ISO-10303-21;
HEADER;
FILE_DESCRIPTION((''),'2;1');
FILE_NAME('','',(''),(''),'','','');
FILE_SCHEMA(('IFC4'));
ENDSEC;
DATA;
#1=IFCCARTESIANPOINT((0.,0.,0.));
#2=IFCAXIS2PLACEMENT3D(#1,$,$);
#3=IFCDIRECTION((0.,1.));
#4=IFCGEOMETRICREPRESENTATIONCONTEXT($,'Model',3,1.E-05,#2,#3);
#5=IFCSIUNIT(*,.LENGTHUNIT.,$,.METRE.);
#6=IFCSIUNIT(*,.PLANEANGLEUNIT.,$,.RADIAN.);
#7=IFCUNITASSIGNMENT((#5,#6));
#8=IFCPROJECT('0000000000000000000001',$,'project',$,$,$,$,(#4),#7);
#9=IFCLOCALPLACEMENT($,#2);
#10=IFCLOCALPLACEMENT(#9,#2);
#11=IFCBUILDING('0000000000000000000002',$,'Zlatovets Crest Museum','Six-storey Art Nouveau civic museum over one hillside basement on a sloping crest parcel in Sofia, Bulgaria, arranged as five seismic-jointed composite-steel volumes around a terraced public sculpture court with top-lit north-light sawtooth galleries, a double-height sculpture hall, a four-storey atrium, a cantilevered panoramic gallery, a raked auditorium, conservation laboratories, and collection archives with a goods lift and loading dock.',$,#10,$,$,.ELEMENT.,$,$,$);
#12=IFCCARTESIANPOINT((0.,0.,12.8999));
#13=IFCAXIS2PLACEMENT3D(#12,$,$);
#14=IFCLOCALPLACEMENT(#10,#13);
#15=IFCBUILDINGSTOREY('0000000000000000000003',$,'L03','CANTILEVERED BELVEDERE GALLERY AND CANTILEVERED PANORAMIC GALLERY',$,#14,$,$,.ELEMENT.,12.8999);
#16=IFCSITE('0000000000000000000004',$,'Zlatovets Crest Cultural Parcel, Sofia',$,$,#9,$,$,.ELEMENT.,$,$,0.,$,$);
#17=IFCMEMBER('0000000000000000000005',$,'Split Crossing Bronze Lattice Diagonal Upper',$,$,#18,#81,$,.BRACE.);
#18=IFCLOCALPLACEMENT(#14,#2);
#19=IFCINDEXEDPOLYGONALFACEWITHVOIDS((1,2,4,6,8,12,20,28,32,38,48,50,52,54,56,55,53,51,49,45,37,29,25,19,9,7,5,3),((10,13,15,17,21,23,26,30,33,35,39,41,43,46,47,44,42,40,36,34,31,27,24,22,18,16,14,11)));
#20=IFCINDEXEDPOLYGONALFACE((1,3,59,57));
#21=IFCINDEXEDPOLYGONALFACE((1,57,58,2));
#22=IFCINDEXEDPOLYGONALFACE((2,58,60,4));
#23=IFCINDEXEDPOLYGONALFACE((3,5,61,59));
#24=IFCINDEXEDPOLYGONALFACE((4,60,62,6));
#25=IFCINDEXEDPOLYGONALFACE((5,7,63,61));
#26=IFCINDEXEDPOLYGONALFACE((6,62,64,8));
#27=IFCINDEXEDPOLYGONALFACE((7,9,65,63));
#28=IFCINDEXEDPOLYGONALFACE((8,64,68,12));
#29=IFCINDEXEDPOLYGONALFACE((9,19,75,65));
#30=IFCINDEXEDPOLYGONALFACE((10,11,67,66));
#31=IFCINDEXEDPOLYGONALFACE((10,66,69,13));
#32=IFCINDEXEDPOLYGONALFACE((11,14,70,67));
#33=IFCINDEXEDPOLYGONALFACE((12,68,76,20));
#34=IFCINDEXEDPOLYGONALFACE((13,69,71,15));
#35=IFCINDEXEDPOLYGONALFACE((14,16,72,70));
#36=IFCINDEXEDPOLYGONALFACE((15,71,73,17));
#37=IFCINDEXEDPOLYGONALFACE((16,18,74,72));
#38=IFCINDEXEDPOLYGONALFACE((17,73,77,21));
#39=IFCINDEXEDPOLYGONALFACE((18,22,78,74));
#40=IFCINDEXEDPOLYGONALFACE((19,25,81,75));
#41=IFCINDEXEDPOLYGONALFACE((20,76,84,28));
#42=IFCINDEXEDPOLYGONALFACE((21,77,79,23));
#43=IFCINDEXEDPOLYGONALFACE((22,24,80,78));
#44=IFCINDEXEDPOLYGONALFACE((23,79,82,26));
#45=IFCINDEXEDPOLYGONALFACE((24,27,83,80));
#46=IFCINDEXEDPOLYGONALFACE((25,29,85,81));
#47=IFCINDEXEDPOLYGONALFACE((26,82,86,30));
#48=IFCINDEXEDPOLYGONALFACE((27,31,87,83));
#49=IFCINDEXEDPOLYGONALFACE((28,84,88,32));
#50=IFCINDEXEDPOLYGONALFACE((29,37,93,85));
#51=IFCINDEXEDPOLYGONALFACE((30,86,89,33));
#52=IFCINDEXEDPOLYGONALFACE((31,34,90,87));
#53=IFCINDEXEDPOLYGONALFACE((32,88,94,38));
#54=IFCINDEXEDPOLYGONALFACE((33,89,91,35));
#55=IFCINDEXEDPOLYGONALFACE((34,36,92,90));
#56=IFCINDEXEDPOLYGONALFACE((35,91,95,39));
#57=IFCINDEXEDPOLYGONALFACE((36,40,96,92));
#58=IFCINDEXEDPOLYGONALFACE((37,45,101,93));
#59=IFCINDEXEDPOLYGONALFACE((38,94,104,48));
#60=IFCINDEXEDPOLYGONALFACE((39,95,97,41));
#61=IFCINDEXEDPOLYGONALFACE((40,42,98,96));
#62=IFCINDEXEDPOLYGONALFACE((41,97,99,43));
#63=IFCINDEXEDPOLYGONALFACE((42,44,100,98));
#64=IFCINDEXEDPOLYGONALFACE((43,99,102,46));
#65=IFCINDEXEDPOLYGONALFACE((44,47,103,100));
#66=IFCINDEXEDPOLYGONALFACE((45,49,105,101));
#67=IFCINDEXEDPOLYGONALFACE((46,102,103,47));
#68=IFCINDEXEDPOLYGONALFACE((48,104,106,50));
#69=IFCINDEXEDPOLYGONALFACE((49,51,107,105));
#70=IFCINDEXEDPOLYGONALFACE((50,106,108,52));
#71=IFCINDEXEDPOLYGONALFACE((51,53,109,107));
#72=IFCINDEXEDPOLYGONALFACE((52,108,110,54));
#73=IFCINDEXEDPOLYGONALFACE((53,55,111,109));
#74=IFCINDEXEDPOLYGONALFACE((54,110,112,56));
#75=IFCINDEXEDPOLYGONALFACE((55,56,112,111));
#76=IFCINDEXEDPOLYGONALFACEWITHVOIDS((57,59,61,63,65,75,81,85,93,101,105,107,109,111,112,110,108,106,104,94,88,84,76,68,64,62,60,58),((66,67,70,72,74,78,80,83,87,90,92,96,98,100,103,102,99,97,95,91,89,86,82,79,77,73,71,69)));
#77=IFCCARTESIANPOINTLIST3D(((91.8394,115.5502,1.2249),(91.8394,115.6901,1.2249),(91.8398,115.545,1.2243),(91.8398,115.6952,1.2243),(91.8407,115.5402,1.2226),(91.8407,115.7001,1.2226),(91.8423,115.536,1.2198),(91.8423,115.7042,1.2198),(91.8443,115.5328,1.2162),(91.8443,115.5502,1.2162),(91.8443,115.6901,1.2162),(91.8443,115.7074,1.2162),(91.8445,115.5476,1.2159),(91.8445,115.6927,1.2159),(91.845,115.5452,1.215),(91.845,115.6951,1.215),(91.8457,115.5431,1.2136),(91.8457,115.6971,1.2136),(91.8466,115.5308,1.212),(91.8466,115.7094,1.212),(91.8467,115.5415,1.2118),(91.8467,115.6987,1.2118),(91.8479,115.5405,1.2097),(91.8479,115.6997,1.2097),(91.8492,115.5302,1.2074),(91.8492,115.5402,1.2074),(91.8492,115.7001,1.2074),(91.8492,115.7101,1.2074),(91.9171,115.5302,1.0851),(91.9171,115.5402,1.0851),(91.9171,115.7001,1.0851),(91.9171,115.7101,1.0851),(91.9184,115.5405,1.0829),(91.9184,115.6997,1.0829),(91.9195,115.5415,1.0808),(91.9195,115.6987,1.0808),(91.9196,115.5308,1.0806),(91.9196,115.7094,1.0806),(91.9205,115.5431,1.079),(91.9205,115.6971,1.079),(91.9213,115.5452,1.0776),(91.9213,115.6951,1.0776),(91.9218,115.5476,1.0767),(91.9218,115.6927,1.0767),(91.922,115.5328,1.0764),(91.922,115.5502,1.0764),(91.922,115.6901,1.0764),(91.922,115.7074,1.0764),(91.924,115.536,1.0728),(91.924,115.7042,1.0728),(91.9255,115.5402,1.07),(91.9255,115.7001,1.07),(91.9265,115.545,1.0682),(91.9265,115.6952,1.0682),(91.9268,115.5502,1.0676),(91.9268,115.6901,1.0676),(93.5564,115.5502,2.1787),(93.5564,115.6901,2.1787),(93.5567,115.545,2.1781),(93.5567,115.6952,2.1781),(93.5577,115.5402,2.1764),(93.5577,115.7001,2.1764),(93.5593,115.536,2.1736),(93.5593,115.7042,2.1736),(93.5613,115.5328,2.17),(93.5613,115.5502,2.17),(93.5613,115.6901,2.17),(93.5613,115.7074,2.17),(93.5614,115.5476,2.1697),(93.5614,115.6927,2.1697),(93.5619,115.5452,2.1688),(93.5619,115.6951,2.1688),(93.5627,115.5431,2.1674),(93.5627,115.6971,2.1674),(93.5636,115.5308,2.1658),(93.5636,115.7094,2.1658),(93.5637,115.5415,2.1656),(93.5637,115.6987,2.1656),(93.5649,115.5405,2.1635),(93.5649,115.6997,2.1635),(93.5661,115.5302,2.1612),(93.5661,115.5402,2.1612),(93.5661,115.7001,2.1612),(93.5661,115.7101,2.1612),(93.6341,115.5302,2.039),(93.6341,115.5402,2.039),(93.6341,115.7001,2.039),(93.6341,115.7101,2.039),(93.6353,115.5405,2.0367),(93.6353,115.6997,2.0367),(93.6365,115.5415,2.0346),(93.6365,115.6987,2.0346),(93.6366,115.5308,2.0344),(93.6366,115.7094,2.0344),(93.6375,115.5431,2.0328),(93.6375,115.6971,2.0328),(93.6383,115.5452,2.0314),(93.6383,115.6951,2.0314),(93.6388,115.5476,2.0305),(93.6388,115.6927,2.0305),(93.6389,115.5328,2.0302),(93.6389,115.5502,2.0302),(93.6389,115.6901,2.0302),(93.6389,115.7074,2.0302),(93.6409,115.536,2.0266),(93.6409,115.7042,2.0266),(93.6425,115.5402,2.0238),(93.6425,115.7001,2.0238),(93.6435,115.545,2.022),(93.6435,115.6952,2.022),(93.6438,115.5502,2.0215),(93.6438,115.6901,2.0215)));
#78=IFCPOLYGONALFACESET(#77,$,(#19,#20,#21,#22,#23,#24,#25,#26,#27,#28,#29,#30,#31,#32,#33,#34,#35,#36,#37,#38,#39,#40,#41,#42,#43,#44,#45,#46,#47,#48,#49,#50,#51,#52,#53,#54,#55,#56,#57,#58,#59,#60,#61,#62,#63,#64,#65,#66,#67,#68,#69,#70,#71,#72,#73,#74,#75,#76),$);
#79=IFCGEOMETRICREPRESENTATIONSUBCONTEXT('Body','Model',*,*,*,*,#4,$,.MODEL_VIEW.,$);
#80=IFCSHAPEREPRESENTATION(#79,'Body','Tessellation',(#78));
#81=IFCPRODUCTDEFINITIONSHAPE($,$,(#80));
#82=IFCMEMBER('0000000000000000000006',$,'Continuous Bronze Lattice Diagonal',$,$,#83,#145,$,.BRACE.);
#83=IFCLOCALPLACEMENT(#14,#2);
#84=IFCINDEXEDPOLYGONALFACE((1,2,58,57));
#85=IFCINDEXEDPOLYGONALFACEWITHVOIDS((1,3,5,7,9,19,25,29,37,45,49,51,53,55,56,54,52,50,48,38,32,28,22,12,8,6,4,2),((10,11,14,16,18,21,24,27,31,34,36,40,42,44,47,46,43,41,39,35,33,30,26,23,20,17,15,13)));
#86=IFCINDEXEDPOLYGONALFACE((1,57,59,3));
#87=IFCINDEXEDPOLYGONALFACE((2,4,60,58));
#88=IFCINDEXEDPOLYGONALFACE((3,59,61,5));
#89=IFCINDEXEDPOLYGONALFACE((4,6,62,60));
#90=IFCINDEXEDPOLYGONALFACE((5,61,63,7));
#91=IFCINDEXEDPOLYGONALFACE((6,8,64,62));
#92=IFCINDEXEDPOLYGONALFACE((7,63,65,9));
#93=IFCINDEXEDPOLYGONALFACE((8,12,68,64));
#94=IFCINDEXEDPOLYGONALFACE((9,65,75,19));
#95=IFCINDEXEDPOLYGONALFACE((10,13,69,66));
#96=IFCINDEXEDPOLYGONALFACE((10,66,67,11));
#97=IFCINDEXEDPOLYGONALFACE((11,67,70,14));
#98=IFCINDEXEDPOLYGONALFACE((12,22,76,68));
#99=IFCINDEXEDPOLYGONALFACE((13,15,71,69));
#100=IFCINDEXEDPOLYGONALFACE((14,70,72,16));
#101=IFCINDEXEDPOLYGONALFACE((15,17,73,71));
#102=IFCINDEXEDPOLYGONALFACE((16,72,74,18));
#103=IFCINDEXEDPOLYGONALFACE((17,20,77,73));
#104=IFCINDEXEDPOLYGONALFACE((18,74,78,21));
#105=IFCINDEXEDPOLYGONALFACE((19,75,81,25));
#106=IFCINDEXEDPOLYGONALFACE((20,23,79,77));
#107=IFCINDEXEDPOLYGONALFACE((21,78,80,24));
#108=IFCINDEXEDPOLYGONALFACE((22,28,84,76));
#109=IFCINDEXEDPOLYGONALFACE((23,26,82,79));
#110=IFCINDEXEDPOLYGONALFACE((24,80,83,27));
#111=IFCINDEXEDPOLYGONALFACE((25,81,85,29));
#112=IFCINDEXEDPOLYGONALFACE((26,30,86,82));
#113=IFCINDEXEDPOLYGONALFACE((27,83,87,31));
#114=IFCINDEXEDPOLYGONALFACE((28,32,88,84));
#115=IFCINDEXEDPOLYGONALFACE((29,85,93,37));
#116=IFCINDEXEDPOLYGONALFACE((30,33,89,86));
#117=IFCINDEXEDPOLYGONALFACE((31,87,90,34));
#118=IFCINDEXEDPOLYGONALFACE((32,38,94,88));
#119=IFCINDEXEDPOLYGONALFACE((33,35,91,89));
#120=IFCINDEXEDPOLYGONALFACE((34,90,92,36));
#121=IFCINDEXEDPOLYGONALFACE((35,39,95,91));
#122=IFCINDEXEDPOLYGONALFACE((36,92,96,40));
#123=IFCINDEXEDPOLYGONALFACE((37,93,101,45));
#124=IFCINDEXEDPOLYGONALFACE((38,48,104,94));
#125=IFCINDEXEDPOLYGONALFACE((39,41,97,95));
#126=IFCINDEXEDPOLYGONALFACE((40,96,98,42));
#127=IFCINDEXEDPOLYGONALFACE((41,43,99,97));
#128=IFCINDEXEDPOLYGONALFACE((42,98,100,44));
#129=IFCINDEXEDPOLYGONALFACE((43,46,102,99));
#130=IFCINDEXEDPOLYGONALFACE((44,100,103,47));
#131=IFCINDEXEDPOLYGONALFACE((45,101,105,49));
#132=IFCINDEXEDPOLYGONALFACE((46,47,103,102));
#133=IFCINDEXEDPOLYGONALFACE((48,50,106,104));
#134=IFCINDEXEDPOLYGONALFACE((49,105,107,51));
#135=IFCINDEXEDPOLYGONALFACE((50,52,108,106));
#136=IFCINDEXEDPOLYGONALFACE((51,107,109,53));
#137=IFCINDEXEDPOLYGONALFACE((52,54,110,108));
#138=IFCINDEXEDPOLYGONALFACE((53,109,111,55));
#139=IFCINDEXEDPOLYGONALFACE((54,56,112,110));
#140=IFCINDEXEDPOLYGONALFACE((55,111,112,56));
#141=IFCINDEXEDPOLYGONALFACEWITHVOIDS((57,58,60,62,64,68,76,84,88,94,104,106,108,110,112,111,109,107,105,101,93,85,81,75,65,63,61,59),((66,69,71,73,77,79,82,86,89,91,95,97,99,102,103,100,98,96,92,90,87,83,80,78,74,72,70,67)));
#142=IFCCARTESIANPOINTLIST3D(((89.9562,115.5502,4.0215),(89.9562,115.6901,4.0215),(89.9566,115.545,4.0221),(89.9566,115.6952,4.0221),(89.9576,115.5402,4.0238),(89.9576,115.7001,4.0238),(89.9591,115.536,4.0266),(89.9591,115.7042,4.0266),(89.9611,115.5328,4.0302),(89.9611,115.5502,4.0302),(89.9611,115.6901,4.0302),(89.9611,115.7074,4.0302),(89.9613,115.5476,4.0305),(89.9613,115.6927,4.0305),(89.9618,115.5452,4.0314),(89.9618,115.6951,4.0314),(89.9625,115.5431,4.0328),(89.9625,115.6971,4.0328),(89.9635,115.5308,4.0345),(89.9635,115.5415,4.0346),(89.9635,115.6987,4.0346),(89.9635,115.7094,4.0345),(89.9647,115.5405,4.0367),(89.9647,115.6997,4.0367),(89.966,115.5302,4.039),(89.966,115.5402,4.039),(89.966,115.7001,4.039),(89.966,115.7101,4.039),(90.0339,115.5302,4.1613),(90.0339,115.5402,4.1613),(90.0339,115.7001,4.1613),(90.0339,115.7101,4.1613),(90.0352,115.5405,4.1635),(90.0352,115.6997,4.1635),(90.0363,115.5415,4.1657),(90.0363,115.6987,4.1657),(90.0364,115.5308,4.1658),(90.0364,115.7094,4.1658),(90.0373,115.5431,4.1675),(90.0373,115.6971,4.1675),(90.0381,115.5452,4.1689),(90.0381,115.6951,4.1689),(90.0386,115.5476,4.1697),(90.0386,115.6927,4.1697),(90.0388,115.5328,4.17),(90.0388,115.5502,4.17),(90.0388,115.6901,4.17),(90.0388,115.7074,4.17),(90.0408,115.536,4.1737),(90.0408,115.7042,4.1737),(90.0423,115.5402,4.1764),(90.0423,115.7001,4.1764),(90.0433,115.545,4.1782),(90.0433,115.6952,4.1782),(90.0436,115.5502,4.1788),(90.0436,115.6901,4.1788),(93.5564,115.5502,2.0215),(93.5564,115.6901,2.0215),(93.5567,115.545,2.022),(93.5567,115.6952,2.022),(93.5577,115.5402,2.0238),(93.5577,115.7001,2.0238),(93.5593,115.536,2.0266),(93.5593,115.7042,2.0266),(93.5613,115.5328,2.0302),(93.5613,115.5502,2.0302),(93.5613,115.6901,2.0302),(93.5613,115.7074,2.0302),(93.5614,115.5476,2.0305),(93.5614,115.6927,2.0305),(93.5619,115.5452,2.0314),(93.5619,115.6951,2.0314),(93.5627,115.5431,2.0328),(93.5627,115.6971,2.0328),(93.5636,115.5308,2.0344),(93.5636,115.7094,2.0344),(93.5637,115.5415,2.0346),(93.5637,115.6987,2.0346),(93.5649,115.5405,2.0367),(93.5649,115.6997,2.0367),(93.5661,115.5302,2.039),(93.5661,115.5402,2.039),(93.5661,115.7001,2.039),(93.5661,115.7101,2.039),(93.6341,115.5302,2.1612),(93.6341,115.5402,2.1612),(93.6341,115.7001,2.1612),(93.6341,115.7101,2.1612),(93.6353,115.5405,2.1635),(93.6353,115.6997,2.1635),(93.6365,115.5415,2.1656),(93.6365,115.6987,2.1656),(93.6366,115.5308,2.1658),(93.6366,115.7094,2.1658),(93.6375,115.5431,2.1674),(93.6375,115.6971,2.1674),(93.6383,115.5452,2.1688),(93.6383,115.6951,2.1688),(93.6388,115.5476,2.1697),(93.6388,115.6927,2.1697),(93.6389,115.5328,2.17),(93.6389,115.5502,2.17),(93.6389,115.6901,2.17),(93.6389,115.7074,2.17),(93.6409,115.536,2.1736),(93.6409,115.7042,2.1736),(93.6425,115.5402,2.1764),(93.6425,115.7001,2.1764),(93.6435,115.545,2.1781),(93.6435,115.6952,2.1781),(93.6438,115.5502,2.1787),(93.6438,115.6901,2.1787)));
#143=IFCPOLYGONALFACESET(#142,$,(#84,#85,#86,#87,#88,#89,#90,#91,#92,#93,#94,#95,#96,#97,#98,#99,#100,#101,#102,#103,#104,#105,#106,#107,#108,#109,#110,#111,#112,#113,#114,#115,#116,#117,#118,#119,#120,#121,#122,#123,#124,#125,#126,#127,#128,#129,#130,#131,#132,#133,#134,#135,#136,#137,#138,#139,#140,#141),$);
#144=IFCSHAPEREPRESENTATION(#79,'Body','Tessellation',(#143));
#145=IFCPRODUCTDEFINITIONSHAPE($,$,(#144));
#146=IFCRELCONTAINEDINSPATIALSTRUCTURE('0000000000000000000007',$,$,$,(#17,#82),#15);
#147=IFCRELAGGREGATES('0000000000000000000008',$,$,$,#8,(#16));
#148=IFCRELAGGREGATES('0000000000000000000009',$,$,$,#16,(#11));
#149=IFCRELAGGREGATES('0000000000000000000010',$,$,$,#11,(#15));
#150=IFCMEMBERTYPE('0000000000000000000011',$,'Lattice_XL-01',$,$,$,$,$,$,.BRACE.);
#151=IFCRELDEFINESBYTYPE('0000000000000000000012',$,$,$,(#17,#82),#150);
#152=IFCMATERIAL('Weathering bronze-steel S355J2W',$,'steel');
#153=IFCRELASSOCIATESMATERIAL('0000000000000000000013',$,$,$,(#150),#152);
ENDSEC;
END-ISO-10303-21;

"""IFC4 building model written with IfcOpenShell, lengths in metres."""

from ifc_helpers import new_model, si_unit, direction, frame, origin, origin_2d, place, context, subcontext, project, spatial, hollow_rectangle, extrude, material, material_profile, profile_set, type_object, element, save


model = new_model("IFC4")

# Units and contexts
model_context = context("Model", 3, precision=1e-05, world=origin(), true_north=direction((0.0, 1.0)))
body_context = subcontext(model_context, "Body", "Model", "MODEL_VIEW")
ifc_project = project(units=[si_unit("LENGTHUNIT", "METRE"), si_unit("PLANEANGLEUNIT", "RADIAN")], contexts=[model_context])

# Site, building, storey
site_placement = place(None, origin())
site = spatial("IfcSite", under=ifc_project, at=site_placement, Name="Zlatovets Crest Cultural Parcel, Sofia", CompositionType="ELEMENT", RefElevation=0.0)
building_placement = place(site_placement, origin())
building = spatial("IfcBuilding", under=site, at=building_placement, Name="Zlatovets Crest Museum", Description="Six-storey Art Nouveau civic museum over one hillside basement on a sloping crest parcel in Sofia, Bulgaria, arranged as five seismic-jointed composite-steel volumes around a terraced public sculpture court with top-lit north-light sawtooth galleries, a double-height sculpture hall, a four-storey atrium, a cantilevered panoramic gallery, a raked auditorium, conservation laboratories, and collection archives with a goods lift and loading dock.", CompositionType="ELEMENT")
storey_placement = place(building_placement, frame((0.0, 0.0, 12.8999)))
storey = spatial("IfcBuildingStorey", under=building, at=storey_placement, Name="L03", Description="CANTILEVERED BELVEDERE GALLERY AND CANTILEVERED PANORAMIC GALLERY", CompositionType="ELEMENT", Elevation=12.8999)

# Members
ifc_material_1 = material(Name="Weathering bronze-steel S355J2W", Category="steel")
ifc_material_profile_1 = material_profile(ifc_material_1, hollow_rectangle(XDim=0.1799, YDim=0.1799, WallThickness=0.01, InnerFilletRadius=0.01, OuterFilletRadius=0.02, at=origin_2d()), Name="SHS 180x180x10.0")
ifc_profile_set_1 = profile_set([ifc_material_profile_1], Name="Weathering bronze-steel S355J2W")
member_type_1 = type_object("IfcMemberType", Name="Lattice_XL-01", PredefinedType="BRACE", material=ifc_profile_set_1)
member_1_placement = place(storey_placement, frame((93.6001, 115.6201, 2.1001), z_axis=(-0.874169, 0.0, -0.485622), x_axis=(0.0, -1.0, 0.0)))
element("IfcMember", 1, at=member_1_placement, inside=storey, type_object=member_type_1, Name="Split Crossing Bronze Lattice Diagonal Upper", PredefinedType="BRACE", context=body_context, shape_type="SweptSolid", body=[
    extrude(hollow_rectangle(XDim=0.1799, YDim=0.1799, WallThickness=0.01, InnerFilletRadius=0.01, OuterFilletRadius=0.02, at=origin_2d()), origin(), (0.0, 0.0, 1.0), 1.9641),
])
member_2_placement = place(storey_placement, frame((93.6001, 115.6201, 2.1001), z_axis=(-0.874163, 0.0, 0.485633), x_axis=(0.0, -1.0, 0.0)))
element("IfcMember", 2, at=member_2_placement, inside=storey, type_object=member_type_1, Name="Continuous Bronze Lattice Diagonal", PredefinedType="BRACE", context=body_context, shape_type="SweptSolid", body=[
    extrude(hollow_rectangle(XDim=0.1799, YDim=0.1799, WallThickness=0.01, InnerFilletRadius=0.01, OuterFilletRadius=0.02, at=origin_2d()), origin(), (0.0, 0.0, 1.0), 4.1184),
])

save(model, "model.ifc")
